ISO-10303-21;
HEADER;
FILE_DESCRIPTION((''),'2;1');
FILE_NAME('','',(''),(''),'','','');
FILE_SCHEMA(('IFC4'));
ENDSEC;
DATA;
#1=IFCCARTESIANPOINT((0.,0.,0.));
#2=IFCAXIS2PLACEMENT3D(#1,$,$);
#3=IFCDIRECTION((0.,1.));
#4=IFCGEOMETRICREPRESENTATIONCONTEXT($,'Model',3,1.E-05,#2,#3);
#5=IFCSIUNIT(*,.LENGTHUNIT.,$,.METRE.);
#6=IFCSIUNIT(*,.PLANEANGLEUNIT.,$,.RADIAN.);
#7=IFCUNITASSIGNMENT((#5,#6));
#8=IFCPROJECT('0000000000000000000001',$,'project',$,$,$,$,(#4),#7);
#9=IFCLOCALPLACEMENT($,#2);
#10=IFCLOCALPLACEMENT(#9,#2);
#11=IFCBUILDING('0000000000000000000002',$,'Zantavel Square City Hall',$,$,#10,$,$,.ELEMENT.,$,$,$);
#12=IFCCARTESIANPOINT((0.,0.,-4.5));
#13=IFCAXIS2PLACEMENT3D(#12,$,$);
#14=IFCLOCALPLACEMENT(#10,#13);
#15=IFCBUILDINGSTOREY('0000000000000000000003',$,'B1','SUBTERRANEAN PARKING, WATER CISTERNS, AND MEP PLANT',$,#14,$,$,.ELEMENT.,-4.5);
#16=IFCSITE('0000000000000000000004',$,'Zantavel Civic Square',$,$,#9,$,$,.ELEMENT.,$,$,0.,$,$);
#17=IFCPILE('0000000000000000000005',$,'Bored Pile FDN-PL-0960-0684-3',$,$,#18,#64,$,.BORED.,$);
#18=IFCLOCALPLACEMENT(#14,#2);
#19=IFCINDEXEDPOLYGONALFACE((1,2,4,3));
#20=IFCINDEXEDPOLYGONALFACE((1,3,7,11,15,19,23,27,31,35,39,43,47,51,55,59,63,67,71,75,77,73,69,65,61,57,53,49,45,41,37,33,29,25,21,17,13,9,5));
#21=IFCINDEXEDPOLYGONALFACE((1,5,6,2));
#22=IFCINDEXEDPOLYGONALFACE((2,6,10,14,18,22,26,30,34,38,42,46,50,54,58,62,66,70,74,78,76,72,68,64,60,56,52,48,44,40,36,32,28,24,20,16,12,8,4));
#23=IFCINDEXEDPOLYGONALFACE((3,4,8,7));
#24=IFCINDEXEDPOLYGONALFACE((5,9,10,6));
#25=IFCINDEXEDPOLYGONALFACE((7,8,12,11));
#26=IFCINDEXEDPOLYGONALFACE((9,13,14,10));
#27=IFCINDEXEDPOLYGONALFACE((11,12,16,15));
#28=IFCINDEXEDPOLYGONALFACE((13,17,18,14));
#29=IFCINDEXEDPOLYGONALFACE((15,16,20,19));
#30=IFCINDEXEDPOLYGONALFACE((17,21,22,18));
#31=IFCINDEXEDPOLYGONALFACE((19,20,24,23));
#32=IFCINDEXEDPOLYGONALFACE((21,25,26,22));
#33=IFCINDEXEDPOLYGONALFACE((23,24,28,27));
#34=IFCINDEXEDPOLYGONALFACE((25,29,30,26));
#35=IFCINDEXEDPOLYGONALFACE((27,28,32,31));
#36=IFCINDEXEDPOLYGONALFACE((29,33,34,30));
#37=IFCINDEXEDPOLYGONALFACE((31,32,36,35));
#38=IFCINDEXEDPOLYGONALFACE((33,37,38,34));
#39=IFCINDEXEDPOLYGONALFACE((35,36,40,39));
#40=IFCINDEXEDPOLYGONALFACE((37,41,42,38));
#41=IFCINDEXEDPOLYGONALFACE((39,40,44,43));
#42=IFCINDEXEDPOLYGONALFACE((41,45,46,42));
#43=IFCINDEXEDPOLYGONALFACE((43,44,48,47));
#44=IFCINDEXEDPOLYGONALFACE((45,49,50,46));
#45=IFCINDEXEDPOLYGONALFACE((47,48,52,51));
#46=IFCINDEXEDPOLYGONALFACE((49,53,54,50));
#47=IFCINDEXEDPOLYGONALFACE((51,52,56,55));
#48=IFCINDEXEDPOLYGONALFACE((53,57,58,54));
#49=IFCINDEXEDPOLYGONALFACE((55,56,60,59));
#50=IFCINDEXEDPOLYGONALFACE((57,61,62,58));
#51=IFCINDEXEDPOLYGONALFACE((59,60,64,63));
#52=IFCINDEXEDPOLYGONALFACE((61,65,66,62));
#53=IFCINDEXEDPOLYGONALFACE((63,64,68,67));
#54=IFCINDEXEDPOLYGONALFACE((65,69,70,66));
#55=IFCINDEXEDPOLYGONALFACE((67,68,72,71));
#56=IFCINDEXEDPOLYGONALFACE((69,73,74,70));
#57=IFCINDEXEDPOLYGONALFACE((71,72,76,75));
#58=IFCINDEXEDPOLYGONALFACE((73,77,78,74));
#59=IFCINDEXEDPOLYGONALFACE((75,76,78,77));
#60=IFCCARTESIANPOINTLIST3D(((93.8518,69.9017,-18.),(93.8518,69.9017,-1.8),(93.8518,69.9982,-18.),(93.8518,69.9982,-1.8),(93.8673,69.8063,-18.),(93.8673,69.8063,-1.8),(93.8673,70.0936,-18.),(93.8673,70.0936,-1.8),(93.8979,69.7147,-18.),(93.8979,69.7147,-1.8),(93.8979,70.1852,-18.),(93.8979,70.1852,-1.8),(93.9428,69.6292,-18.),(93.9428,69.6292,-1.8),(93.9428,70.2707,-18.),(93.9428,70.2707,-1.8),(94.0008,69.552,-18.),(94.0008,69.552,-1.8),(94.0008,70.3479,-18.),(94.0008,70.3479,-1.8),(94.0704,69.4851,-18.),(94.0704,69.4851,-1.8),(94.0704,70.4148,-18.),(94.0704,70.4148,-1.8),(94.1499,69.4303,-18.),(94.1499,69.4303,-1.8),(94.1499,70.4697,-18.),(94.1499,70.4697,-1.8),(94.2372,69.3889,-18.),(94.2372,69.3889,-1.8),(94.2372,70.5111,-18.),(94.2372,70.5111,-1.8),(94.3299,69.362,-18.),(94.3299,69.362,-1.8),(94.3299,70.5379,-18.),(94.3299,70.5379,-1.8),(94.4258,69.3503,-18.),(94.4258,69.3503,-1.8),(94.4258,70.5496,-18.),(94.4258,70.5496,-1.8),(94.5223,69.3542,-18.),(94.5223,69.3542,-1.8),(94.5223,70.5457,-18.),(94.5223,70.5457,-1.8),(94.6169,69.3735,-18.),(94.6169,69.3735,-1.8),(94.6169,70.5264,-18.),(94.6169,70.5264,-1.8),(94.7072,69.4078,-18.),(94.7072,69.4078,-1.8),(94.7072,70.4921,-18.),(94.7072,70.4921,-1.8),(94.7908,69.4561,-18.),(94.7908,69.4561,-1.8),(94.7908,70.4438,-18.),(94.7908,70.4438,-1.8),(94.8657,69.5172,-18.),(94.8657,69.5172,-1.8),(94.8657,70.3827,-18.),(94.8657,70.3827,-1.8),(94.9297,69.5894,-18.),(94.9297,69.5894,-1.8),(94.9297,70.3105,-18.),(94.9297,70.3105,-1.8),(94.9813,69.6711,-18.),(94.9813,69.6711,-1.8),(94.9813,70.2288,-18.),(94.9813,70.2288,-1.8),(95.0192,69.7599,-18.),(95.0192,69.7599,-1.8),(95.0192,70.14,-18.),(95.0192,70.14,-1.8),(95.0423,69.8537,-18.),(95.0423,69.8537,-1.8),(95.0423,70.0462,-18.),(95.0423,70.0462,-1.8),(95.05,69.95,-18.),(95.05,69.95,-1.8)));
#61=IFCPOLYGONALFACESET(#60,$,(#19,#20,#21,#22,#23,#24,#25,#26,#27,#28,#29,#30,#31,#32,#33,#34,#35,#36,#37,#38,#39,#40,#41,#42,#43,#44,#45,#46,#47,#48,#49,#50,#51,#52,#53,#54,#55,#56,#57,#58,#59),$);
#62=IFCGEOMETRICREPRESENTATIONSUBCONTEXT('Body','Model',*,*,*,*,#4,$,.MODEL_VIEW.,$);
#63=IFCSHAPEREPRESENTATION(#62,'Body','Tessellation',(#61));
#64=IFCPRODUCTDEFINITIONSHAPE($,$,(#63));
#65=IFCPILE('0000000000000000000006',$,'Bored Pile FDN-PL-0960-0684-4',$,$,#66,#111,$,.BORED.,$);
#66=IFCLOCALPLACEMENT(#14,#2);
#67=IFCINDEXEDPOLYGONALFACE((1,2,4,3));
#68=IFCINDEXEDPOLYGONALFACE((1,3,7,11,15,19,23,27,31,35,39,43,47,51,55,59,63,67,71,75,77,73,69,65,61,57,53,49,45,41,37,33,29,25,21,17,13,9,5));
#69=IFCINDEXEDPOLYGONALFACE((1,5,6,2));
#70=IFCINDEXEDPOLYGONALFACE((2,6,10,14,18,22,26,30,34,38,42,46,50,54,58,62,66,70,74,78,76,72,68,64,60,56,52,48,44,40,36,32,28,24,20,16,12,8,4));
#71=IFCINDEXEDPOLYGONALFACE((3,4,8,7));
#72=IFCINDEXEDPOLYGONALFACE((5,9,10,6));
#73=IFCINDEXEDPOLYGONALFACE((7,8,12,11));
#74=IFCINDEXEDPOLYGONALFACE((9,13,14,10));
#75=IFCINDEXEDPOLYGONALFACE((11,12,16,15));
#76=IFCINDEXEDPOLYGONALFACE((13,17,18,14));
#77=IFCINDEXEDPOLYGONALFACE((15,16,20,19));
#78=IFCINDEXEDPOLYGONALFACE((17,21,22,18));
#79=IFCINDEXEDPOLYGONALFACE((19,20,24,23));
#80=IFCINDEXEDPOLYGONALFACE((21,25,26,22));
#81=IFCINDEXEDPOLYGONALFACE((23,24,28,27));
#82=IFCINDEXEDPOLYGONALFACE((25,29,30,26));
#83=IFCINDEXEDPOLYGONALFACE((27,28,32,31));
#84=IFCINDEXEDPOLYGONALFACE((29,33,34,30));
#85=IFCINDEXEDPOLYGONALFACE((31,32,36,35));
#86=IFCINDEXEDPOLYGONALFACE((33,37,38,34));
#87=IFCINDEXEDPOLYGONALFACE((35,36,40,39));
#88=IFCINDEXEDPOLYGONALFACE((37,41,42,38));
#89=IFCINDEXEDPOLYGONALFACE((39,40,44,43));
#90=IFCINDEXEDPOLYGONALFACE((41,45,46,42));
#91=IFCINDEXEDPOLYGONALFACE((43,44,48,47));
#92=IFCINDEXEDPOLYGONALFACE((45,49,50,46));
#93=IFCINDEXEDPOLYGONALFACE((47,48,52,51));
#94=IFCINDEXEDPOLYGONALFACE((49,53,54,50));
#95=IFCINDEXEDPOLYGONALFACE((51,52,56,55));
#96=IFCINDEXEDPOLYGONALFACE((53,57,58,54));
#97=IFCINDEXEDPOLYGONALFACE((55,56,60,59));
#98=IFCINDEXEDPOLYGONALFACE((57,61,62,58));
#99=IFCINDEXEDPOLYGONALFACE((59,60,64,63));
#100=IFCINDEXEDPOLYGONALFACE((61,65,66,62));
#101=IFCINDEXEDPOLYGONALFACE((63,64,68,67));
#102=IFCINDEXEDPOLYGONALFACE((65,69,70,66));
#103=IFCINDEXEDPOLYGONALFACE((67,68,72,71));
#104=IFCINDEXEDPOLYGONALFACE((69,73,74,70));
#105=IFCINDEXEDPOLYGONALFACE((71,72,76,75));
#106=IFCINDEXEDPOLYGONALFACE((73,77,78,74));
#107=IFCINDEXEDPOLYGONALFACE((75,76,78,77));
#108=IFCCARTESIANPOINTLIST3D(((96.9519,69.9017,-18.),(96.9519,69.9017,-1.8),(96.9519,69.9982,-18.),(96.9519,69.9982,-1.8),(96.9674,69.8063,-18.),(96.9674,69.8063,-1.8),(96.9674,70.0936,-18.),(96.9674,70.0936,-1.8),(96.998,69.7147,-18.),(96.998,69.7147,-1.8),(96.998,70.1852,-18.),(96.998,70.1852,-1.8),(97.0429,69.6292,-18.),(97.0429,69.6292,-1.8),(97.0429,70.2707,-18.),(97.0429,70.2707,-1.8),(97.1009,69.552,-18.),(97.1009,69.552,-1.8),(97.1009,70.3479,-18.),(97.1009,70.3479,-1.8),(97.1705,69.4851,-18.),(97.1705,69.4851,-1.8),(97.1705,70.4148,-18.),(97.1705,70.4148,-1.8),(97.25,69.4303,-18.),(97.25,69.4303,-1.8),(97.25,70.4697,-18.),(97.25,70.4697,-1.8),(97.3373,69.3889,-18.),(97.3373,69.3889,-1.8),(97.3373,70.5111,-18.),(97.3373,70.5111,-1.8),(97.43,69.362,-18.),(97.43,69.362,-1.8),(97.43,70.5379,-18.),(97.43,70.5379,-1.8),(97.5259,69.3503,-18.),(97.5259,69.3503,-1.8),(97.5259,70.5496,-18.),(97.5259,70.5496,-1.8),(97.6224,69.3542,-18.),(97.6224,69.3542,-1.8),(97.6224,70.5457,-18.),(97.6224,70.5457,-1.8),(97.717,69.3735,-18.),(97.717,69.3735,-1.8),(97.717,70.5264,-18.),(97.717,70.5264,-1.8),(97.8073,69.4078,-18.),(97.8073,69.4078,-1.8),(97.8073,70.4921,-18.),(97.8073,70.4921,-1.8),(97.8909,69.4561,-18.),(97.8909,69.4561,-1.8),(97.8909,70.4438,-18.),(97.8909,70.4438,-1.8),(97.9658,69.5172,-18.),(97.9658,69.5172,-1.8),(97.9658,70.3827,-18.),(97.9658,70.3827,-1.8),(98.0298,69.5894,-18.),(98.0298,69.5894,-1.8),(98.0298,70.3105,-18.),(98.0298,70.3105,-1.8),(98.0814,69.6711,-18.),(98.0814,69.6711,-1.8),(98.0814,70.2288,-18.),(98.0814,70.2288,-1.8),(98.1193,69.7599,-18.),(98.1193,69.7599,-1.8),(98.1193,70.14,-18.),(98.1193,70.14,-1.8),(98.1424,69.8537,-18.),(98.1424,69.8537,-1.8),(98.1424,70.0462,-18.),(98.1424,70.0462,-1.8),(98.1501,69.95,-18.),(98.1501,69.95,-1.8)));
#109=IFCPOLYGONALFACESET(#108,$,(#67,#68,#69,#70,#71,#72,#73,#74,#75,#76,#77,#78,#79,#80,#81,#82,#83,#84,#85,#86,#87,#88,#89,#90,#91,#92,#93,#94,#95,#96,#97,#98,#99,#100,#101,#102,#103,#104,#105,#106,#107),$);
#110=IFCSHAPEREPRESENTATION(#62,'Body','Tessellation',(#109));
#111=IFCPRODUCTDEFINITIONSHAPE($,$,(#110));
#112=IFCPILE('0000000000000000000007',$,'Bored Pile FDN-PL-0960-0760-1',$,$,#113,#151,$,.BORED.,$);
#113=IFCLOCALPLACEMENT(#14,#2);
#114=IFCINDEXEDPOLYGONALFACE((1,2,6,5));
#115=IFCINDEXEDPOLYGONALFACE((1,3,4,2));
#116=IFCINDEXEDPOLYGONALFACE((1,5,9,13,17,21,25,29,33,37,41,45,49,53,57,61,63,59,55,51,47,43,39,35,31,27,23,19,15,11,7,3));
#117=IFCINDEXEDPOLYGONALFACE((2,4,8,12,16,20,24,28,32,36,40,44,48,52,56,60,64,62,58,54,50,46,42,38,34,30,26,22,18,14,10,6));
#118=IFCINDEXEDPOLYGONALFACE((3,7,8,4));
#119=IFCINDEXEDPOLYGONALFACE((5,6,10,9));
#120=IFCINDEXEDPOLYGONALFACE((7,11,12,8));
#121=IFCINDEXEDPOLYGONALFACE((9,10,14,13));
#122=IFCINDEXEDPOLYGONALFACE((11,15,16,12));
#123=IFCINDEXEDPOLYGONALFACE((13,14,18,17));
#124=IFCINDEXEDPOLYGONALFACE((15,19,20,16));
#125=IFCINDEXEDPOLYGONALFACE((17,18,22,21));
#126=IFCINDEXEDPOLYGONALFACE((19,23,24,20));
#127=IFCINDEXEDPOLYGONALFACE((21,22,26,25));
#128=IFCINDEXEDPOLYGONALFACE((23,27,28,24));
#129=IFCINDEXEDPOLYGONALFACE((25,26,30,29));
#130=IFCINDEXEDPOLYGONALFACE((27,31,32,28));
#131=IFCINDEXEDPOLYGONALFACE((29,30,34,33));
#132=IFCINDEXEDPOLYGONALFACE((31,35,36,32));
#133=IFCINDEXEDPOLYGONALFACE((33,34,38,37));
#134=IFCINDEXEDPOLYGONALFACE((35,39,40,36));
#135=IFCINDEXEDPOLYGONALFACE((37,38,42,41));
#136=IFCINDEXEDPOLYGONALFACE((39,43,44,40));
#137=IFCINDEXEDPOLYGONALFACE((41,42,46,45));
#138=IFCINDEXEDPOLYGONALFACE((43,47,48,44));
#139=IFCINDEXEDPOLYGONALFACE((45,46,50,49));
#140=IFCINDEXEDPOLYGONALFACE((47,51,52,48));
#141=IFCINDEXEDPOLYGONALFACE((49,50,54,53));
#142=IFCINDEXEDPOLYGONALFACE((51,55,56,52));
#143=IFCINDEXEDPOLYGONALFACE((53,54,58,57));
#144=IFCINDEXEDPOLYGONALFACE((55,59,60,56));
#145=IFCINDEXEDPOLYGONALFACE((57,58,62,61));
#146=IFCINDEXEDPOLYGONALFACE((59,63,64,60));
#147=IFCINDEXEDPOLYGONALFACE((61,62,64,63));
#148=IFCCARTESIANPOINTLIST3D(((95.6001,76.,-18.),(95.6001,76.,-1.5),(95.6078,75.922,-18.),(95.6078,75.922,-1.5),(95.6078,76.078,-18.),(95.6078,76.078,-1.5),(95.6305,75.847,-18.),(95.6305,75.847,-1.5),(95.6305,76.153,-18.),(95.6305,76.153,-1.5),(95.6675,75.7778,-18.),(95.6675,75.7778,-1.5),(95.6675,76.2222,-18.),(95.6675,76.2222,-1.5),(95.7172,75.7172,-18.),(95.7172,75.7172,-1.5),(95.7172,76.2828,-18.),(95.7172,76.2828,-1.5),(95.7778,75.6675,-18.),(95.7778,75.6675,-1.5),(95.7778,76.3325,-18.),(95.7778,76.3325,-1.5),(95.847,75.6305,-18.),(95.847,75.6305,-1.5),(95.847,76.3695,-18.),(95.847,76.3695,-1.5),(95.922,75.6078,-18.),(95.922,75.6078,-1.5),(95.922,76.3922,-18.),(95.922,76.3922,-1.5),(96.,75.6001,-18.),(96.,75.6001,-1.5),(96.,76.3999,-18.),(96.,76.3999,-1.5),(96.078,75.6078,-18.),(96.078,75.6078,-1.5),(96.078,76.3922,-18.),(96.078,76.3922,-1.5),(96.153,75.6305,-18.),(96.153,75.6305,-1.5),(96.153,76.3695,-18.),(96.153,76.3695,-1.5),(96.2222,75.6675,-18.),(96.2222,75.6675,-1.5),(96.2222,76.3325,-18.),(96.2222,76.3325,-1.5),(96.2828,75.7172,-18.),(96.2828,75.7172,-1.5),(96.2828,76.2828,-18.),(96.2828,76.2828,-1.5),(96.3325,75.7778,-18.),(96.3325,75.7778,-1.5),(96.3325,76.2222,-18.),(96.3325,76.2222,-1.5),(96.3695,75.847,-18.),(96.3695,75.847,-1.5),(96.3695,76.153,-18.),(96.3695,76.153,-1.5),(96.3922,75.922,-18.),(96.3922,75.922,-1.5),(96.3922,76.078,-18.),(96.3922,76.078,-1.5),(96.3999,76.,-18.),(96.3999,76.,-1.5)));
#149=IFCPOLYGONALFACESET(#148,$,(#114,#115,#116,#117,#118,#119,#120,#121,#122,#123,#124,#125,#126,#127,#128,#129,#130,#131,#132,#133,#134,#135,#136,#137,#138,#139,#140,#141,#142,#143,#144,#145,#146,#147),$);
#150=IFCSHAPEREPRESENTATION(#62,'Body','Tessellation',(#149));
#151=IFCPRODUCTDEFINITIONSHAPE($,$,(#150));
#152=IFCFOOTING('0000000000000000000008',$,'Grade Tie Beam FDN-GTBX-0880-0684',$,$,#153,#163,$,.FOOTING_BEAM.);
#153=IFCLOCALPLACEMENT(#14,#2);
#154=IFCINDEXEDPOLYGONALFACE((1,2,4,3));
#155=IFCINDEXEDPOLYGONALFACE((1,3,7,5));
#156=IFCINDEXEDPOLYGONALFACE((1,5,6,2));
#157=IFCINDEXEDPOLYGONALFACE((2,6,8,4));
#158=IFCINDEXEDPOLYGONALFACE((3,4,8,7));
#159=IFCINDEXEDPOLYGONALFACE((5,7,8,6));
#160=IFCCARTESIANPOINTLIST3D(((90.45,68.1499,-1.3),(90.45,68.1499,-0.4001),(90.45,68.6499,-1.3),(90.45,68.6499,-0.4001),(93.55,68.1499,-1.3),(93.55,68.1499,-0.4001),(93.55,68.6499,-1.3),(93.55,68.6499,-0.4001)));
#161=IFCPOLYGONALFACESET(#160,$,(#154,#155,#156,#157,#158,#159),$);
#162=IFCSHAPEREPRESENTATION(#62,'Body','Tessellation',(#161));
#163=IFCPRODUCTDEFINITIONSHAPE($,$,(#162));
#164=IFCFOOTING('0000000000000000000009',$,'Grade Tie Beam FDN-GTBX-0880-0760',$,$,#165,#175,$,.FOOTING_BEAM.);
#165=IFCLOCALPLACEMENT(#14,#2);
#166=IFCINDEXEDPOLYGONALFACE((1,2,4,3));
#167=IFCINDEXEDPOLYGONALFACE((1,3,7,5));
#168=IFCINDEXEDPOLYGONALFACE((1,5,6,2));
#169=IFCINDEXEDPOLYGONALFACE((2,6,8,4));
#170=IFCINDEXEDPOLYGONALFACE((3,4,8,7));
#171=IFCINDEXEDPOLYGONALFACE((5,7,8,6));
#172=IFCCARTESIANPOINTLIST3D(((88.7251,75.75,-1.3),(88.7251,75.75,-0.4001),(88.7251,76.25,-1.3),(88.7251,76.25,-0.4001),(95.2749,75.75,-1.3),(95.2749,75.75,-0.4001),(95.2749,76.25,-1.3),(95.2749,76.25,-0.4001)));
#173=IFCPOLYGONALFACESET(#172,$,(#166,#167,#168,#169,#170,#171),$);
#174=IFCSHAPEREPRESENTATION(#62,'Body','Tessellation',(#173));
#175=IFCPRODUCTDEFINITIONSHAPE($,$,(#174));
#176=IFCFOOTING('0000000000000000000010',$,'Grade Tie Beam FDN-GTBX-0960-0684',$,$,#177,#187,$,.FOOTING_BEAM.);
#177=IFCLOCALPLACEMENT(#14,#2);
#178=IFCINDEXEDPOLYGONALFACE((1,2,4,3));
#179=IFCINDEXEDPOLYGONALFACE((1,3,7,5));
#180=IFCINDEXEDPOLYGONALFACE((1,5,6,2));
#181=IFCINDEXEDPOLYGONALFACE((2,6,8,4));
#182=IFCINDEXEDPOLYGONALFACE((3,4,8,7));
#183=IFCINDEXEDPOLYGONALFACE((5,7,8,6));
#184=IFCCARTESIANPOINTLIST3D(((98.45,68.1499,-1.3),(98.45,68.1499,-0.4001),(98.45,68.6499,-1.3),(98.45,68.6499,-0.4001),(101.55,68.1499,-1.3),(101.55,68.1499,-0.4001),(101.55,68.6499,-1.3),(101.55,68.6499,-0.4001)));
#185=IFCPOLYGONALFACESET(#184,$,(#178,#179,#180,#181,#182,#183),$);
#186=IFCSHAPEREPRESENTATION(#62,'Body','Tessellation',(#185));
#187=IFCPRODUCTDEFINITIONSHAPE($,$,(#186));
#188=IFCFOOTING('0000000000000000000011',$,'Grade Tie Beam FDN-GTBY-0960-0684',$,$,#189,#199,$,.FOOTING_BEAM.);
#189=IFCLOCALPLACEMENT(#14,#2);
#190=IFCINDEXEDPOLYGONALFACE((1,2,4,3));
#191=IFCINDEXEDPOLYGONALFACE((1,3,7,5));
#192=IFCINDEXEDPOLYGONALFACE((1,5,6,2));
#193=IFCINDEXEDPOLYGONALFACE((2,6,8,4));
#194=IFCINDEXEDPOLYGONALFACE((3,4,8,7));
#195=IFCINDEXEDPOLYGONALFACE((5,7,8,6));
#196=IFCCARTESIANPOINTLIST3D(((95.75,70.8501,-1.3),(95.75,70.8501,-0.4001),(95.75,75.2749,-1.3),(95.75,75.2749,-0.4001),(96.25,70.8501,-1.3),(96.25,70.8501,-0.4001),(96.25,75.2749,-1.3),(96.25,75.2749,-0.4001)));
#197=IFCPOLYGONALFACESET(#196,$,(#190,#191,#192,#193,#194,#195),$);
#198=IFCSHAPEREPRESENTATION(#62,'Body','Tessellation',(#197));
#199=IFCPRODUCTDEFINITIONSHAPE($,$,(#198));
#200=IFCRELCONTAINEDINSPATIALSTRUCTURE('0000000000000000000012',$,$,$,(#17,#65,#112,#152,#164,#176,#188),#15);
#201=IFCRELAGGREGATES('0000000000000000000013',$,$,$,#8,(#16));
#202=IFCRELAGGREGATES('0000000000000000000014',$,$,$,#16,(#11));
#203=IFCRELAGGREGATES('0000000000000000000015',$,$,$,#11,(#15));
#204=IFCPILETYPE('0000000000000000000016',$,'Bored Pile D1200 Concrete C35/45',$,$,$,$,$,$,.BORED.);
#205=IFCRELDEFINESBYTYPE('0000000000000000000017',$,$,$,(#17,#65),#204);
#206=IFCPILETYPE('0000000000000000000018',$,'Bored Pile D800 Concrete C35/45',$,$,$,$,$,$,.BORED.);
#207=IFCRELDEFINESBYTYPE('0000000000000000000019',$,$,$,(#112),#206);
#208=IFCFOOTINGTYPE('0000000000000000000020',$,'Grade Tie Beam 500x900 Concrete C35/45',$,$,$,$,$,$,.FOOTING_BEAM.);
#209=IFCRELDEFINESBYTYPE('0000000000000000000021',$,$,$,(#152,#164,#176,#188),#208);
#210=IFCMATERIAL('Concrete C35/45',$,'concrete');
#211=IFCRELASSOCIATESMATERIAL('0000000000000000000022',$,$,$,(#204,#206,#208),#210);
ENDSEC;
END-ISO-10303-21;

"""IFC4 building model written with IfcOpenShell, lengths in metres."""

from ifc_helpers import new_model, si_unit, direction, frame, origin, origin_2d, place, context, subcontext, project, spatial, rectangle, circle, extrude, material, material_profile, profile_set, type_object, element, save


model = new_model("IFC4")

# Units and contexts
model_context = context("Model", 3, precision=1e-05, world=origin(), true_north=direction((0.0, 1.0)))
body_context = subcontext(model_context, "Body", "Model", "MODEL_VIEW")
ifc_project = project(units=[si_unit("LENGTHUNIT", "METRE"), si_unit("PLANEANGLEUNIT", "RADIAN")], contexts=[model_context])

# Site, building, storey
site_placement = place(None, origin())
site = spatial("IfcSite", under=ifc_project, at=site_placement, Name="Zantavel Civic Square", CompositionType="ELEMENT", RefElevation=0.0)
building_placement = place(site_placement, origin())
building = spatial("IfcBuilding", under=site, at=building_placement, Name="Zantavel Square City Hall", CompositionType="ELEMENT")
storey_placement = place(building_placement, frame((0.0, 0.0, -4.5)))
storey = spatial("IfcBuildingStorey", under=building, at=storey_placement, Name="B1", Description="SUBTERRANEAN PARKING, WATER CISTERNS, AND MEP PLANT", CompositionType="ELEMENT", Elevation=-4.5)

# Piles
ifc_material_1 = material(Name="Concrete C35/45", Category="concrete")
ifc_material_profile_1 = material_profile(ifc_material_1, circle(Radius=0.6001, at=origin_2d()), Name="PILE D1200")
ifc_profile_set_1 = profile_set([ifc_material_profile_1], Name="Concrete C35/45")
pile_type_1 = type_object("IfcPileType", Name="Bored Pile D1200 Concrete C35/45", PredefinedType="BORED", material=ifc_profile_set_1)
for number, where, z_axis, x_axis, name in (
    (1, (94.45, 69.95, -1.8), (0.0, 0.0, -1.0), (1.0, 0.0, 0.0), "Bored Pile FDN-PL-0960-0684-3"),
    (2, (97.55, 69.95, -1.8), (0.0, 0.0, -1.0), (1.0, 0.0, 0.0), "Bored Pile FDN-PL-0960-0684-4"),
):
    element("IfcPile", number, at=place(storey_placement, frame(where, z_axis=z_axis, x_axis=x_axis)), inside=storey, type_object=pile_type_1, Name=name, PredefinedType="BORED", context=body_context, shape_type="SweptSolid", body=[
        extrude(circle(Radius=0.6001, at=origin_2d()), origin(), (0.0, 0.0, 1.0), 16.2),
    ])
ifc_material_profile_2 = material_profile(ifc_material_1, circle(Radius=0.3999, at=origin_2d()), Name="PILE D800")
ifc_profile_set_2 = profile_set([ifc_material_profile_2], Name="Concrete C35/45")
pile_type_2 = type_object("IfcPileType", Name="Bored Pile D800 Concrete C35/45", PredefinedType="BORED", material=ifc_profile_set_2)
pile_placement = place(storey_placement, frame((96.0, 76.0, -1.5), z_axis=(0.0, 0.0, -1.0), x_axis=(1.0, 0.0, 0.0)))
element("IfcPile", 3, at=pile_placement, inside=storey, type_object=pile_type_2, Name="Bored Pile FDN-PL-0960-0760-1", PredefinedType="BORED", context=body_context, shape_type="SweptSolid", body=[
    extrude(circle(Radius=0.3999, at=origin_2d()), origin(), (0.0, 0.0, 1.0), 16.5),
])

# Footings
ifc_material_profile_3 = material_profile(ifc_material_1, rectangle(XDim=0.5, YDim=0.8999, at=origin_2d()), Name="RC 500x900")
ifc_profile_set_3 = profile_set([ifc_material_profile_3], Name="Concrete C35/45")
footing_type_1 = type_object("IfcFootingType", Name="Grade Tie Beam 500x900 Concrete C35/45", PredefinedType="FOOTING_BEAM", material=ifc_profile_set_3)
footing_1_placement = place(storey_placement, frame((90.45, 68.3999, -0.8501), z_axis=(1.0, 0.0, 0.0), x_axis=(0.0, 1.0, 0.0)))
element("IfcFooting", 4, at=footing_1_placement, inside=storey, type_object=footing_type_1, Name="Grade Tie Beam FDN-GTBX-0880-0684", PredefinedType="FOOTING_BEAM", context=body_context, shape_type="SweptSolid", body=[
    extrude(rectangle(XDim=0.5, YDim=0.8999, at=origin_2d()), origin(), (0.0, 0.0, 1.0), 3.1001),
])
footing_2_placement = place(storey_placement, frame((88.7251, 76.0, -0.8501), z_axis=(1.0, 0.0, 0.0), x_axis=(0.0, 1.0, 0.0)))
element("IfcFooting", 5, at=footing_2_placement, inside=storey, type_object=footing_type_1, Name="Grade Tie Beam FDN-GTBX-0880-0760", PredefinedType="FOOTING_BEAM", context=body_context, shape_type="SweptSolid", body=[
    extrude(rectangle(XDim=0.5, YDim=0.8999, at=origin_2d()), origin(), (0.0, 0.0, 1.0), 6.5498),
])
footing_3_placement = place(storey_placement, frame((98.45, 68.3999, -0.8501), z_axis=(1.0, 0.0, 0.0), x_axis=(0.0, 1.0, 0.0)))
element("IfcFooting", 6, at=footing_3_placement, inside=storey, type_object=footing_type_1, Name="Grade Tie Beam FDN-GTBX-0960-0684", PredefinedType="FOOTING_BEAM", context=body_context, shape_type="SweptSolid", body=[
    extrude(rectangle(XDim=0.5, YDim=0.8999, at=origin_2d()), origin(), (0.0, 0.0, 1.0), 3.1001),
])
footing_4_placement = place(storey_placement, frame((96.0, 70.8501, -0.8501), z_axis=(0.0, 1.0, 0.0), x_axis=(-1.0, 0.0, 0.0)))
element("IfcFooting", 7, at=footing_4_placement, inside=storey, type_object=footing_type_1, Name="Grade Tie Beam FDN-GTBY-0960-0684", PredefinedType="FOOTING_BEAM", context=body_context, shape_type="SweptSolid", body=[
    extrude(rectangle(XDim=0.5, YDim=0.8999, at=origin_2d()), origin(), (0.0, 0.0, 1.0), 4.4248),
])

save(model, "model.ifc")
